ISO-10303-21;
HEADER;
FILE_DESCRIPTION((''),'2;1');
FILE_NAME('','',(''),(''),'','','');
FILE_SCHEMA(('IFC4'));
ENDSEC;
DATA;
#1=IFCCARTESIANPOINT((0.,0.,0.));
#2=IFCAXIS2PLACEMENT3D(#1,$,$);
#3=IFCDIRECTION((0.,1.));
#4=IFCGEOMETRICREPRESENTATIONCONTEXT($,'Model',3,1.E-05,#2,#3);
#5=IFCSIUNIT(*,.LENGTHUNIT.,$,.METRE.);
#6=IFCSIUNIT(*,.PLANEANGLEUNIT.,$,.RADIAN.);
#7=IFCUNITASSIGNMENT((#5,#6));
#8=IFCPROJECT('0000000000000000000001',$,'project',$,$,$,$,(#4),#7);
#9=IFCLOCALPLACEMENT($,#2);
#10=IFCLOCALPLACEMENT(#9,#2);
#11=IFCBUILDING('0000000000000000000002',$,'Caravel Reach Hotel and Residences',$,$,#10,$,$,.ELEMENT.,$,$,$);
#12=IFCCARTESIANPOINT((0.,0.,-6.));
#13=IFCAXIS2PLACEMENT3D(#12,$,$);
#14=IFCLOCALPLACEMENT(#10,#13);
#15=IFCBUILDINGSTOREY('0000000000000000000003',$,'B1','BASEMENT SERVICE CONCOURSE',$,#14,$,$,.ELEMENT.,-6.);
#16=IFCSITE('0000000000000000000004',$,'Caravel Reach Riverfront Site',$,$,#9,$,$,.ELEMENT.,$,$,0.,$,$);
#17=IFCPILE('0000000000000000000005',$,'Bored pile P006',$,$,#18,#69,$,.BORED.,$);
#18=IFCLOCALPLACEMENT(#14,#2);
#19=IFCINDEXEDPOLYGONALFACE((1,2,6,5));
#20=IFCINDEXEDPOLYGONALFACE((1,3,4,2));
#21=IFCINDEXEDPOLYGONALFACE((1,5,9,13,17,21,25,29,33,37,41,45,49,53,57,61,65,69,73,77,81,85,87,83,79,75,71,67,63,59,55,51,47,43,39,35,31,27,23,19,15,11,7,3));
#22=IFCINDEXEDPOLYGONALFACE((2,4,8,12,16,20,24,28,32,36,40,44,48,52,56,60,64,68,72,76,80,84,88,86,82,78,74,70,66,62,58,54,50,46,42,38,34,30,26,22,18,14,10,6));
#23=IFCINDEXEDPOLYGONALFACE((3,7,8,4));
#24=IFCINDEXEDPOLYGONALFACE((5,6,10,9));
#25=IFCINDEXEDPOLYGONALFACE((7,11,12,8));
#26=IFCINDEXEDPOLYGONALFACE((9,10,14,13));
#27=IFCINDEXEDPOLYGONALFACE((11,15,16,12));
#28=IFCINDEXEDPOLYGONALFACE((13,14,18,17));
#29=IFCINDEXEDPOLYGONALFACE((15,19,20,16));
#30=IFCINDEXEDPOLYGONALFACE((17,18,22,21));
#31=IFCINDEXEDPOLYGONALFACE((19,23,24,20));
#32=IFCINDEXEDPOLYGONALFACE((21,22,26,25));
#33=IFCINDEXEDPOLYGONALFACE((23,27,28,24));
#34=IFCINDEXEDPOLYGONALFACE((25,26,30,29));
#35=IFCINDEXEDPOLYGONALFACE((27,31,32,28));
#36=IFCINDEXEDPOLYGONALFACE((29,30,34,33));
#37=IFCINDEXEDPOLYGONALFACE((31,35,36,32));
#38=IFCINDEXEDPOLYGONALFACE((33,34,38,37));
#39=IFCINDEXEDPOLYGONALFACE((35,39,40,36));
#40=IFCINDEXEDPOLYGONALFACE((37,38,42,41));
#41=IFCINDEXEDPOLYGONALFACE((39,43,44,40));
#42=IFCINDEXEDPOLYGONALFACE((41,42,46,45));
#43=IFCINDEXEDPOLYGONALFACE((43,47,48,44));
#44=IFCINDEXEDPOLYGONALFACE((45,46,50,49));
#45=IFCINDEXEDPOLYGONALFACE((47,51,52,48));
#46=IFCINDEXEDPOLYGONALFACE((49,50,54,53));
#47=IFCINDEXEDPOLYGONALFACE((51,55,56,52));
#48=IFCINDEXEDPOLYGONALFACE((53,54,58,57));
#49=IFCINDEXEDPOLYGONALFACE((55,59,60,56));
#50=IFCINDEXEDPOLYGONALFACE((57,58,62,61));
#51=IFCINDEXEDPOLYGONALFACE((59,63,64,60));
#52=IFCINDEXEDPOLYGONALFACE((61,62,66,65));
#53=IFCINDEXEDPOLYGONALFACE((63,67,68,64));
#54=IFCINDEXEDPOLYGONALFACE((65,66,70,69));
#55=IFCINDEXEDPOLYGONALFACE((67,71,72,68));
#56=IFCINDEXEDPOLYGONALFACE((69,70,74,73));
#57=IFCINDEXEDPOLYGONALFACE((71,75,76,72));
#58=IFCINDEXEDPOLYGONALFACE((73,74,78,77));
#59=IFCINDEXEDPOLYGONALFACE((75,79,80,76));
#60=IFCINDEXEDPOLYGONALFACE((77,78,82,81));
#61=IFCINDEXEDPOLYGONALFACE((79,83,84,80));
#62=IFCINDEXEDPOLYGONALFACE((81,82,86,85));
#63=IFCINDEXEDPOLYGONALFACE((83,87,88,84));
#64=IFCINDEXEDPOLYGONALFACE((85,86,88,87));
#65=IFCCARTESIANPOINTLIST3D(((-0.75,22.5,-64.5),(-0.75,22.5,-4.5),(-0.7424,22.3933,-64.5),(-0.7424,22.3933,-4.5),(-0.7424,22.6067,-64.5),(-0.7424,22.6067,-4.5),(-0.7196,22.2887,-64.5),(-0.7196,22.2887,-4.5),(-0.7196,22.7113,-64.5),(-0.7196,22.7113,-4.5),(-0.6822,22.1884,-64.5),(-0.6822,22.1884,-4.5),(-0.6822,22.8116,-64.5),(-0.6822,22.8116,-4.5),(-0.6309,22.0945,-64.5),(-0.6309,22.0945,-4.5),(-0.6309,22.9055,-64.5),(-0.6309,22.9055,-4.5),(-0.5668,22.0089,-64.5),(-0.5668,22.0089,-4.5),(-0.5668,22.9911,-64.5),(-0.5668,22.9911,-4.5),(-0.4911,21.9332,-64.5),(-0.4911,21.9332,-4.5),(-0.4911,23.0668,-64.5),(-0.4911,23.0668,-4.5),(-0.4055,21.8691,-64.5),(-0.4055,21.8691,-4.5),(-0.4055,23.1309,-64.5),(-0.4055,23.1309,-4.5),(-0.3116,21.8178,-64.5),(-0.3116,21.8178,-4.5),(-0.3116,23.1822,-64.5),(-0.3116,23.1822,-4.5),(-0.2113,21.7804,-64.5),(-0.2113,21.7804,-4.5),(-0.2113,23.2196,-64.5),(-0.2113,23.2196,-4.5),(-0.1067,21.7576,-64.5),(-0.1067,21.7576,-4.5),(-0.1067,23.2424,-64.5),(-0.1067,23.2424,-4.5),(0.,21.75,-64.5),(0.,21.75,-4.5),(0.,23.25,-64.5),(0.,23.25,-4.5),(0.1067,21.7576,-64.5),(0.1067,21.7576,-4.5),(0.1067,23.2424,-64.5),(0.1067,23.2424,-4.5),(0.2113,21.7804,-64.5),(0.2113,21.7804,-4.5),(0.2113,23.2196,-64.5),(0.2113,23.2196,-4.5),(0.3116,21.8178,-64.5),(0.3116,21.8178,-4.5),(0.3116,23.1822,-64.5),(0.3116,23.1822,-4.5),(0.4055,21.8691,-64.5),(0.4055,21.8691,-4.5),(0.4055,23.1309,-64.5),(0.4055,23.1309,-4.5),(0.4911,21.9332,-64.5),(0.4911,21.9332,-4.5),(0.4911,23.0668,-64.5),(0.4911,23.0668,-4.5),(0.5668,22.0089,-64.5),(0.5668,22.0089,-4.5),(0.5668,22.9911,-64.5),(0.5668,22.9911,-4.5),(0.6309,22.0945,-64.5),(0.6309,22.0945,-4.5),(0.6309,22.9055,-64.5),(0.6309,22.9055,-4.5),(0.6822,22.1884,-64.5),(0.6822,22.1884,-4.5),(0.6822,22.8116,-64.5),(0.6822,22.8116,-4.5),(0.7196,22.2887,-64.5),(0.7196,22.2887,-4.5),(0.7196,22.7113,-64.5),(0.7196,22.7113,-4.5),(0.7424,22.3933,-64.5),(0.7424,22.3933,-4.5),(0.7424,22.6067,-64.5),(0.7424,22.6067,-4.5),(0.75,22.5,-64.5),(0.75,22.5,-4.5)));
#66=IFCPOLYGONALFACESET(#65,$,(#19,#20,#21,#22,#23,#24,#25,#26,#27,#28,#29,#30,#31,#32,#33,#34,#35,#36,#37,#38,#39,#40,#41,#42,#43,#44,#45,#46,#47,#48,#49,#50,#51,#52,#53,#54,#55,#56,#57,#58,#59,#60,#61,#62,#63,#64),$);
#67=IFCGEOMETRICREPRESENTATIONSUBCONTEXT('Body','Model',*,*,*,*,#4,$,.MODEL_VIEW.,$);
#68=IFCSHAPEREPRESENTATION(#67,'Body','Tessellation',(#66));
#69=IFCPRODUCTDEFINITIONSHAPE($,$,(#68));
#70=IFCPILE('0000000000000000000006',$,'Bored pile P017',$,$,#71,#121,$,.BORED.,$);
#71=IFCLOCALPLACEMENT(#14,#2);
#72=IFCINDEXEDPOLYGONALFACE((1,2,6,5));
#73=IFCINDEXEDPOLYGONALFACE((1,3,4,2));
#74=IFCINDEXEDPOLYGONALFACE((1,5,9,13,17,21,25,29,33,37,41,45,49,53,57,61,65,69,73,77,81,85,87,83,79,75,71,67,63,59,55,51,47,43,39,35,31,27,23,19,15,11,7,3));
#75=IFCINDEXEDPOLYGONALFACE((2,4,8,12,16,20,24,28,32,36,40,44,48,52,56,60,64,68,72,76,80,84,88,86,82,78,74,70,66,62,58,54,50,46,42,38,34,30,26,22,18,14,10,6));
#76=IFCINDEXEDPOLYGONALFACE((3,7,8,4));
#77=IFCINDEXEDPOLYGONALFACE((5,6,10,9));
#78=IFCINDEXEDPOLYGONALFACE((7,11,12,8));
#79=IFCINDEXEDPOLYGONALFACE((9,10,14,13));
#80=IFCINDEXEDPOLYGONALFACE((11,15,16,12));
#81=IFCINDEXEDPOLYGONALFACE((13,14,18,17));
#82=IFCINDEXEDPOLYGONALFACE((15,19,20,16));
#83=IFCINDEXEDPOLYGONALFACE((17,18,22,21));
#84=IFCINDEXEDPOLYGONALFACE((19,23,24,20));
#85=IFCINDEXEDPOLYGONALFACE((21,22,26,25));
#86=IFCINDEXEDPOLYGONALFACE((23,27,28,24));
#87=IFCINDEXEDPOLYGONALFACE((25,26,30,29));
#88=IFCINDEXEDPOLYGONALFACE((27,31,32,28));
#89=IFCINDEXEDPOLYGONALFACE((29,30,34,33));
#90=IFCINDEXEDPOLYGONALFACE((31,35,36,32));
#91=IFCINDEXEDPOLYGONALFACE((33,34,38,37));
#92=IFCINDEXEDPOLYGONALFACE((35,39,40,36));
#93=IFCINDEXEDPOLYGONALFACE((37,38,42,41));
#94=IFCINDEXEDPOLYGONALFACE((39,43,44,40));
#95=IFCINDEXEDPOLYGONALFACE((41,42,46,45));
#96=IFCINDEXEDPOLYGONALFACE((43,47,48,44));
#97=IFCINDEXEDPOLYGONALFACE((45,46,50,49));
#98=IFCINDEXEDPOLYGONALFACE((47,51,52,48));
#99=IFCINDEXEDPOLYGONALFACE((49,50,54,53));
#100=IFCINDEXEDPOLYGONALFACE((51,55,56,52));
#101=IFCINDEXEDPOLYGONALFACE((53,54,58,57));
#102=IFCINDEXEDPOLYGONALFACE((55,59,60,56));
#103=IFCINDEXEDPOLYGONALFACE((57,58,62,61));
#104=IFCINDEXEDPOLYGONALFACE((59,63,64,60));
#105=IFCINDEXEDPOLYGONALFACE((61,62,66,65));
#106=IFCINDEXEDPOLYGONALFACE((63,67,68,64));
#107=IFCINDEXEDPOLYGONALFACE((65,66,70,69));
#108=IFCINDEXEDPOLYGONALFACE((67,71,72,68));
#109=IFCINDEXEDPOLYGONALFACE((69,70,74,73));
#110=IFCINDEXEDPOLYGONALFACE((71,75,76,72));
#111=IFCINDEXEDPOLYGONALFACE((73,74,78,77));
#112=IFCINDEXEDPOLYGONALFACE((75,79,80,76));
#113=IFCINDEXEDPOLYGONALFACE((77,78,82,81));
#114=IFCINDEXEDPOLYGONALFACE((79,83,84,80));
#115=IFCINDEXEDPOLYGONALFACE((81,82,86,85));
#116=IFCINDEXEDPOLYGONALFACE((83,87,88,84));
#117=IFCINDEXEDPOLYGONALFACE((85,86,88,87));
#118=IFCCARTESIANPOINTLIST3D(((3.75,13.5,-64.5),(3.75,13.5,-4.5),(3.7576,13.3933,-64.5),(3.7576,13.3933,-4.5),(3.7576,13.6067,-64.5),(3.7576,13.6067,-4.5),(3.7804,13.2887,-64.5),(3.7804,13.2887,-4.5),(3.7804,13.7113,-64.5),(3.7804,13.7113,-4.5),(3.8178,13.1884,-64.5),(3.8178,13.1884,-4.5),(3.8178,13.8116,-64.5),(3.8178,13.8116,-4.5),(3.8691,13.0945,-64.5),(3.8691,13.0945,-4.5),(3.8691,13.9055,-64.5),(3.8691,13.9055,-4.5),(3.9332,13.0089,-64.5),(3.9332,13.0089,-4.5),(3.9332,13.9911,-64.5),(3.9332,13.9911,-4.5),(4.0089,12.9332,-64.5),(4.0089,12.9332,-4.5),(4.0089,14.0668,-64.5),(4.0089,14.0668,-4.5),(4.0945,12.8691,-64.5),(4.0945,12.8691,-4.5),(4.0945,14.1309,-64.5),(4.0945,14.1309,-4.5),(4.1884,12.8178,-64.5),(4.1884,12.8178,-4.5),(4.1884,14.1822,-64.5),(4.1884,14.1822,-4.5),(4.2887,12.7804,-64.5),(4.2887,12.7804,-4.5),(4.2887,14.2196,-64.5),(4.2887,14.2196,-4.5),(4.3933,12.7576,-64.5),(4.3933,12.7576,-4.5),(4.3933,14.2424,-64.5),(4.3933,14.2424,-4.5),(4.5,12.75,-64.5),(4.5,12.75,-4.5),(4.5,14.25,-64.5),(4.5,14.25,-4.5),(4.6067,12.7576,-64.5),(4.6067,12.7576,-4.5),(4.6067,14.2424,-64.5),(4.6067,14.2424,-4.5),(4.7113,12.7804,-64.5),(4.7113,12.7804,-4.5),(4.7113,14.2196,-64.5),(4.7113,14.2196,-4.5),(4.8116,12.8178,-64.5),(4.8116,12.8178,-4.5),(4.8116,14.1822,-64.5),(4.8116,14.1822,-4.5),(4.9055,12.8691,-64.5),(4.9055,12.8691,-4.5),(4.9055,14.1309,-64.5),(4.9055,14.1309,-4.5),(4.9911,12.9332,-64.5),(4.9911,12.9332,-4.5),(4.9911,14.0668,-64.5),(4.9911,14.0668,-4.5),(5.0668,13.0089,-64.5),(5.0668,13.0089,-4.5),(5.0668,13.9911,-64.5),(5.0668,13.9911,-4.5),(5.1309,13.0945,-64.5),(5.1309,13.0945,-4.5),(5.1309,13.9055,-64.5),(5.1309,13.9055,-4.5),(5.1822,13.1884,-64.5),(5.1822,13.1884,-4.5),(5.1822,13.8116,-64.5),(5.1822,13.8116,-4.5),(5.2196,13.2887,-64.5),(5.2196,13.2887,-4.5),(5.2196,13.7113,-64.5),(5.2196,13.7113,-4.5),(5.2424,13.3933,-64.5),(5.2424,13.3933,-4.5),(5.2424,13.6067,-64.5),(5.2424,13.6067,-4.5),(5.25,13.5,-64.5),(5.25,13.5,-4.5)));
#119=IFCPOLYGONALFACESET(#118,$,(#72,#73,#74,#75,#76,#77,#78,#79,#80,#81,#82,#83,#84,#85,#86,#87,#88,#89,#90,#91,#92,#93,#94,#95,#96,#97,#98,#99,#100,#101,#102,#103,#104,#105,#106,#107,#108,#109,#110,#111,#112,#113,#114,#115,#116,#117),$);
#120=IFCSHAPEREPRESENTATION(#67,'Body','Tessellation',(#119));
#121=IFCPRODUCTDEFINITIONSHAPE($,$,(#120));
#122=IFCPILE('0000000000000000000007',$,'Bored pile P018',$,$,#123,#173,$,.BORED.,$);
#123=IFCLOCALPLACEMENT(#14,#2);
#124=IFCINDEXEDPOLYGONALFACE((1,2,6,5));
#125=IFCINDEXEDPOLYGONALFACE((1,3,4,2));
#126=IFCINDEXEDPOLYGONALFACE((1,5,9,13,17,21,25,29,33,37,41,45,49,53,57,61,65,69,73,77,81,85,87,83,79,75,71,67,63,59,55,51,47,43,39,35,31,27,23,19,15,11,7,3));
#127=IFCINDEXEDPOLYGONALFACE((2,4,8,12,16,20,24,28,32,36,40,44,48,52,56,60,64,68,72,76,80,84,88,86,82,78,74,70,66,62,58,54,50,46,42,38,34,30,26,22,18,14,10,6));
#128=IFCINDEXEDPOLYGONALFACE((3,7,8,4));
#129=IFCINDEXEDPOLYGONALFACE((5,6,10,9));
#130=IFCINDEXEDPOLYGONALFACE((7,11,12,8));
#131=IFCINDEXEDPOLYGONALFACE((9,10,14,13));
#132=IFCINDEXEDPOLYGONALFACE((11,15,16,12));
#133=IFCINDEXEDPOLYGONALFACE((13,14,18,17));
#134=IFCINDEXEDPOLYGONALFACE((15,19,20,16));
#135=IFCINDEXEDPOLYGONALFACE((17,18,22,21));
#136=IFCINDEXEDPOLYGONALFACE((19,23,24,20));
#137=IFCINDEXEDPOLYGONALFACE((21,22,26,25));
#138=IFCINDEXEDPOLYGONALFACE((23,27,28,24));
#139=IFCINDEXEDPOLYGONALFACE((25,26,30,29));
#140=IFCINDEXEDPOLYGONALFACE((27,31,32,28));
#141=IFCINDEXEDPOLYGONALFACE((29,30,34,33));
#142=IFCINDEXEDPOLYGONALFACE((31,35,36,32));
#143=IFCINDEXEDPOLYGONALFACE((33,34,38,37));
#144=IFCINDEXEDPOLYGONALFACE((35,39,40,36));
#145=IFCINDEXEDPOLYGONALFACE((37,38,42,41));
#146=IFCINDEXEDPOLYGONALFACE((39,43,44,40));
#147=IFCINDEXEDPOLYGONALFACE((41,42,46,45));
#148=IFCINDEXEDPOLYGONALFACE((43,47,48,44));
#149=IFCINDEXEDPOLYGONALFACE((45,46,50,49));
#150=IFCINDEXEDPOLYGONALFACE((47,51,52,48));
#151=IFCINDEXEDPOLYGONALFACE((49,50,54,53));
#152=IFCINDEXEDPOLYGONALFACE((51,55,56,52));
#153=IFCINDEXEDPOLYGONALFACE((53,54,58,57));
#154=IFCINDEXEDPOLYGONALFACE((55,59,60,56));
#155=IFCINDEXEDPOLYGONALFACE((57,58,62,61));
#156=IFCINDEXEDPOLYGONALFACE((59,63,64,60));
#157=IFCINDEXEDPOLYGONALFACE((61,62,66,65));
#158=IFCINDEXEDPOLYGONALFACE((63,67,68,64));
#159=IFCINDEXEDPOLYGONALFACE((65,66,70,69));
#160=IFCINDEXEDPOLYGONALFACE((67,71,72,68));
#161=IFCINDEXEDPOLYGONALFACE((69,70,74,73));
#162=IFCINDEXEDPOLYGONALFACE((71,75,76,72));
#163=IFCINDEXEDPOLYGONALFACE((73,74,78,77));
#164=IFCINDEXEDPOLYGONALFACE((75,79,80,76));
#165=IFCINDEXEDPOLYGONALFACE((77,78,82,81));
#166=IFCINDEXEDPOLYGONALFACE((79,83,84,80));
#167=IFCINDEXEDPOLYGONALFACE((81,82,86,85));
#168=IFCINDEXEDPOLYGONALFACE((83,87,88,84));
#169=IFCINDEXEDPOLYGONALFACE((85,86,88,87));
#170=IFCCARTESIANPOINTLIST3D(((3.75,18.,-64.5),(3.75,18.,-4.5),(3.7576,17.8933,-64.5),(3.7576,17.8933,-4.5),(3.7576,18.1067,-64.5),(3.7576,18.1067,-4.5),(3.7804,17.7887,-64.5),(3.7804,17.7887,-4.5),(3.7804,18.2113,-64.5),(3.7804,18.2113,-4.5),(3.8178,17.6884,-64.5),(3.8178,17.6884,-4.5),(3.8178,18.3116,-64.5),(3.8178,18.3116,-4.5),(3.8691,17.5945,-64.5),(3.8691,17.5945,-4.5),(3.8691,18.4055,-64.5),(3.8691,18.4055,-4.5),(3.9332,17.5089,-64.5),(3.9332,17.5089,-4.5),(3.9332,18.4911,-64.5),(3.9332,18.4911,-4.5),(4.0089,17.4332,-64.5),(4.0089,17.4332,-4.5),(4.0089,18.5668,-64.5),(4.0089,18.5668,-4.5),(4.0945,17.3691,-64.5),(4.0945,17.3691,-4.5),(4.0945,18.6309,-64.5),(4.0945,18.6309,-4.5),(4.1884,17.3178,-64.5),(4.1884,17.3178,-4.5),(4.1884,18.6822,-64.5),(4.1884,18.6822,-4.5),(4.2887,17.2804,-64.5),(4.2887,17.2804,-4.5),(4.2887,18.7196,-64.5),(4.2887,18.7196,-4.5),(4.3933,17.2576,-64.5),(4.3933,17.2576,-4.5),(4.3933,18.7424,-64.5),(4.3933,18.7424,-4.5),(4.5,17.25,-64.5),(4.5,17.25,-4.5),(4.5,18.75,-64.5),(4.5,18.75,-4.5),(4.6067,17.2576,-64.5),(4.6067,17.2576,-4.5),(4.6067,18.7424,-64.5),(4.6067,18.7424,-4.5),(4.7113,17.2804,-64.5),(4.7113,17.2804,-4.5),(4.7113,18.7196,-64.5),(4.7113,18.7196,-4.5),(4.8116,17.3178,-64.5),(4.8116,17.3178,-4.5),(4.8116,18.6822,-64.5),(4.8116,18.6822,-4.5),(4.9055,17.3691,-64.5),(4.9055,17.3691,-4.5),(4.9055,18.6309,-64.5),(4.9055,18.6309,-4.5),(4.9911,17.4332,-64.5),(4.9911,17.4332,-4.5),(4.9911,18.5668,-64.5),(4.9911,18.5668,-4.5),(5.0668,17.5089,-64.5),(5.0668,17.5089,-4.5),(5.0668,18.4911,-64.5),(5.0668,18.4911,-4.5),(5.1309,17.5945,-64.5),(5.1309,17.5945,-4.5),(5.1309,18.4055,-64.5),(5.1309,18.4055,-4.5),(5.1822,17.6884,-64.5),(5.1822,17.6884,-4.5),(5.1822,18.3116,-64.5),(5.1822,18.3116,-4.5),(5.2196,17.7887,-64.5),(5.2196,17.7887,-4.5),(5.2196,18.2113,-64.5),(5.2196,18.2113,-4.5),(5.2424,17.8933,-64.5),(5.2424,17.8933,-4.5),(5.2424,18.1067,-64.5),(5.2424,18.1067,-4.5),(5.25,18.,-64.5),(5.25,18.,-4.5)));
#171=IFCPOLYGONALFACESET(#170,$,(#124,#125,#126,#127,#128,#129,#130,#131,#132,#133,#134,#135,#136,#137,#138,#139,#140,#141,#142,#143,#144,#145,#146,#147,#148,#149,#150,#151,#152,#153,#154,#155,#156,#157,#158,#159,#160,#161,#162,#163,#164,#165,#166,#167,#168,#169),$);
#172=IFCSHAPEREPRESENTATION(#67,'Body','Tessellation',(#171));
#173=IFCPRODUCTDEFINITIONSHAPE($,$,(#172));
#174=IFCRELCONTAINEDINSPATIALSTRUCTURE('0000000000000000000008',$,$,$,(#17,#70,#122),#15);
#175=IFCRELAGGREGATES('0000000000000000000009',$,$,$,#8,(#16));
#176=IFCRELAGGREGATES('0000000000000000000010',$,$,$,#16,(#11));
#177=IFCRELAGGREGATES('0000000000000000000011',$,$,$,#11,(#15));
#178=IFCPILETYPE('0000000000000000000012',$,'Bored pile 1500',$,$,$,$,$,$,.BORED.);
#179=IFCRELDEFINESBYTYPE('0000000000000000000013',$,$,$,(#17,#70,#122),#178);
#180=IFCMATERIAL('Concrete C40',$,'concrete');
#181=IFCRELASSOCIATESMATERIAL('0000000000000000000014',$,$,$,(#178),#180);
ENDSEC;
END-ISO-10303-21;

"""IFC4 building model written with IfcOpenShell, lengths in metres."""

from ifc_helpers import new_model, si_unit, direction, frame, origin, origin_2d, place, context, subcontext, project, spatial, circle, extrude, material, material_profile, profile_set, type_object, element, save


model = new_model("IFC4")

# Units and contexts
model_context = context("Model", 3, precision=1e-05, world=origin(), true_north=direction((0.0, 1.0)))
body_context = subcontext(model_context, "Body", "Model", "MODEL_VIEW")
ifc_project = project(units=[si_unit("LENGTHUNIT", "METRE"), si_unit("PLANEANGLEUNIT", "RADIAN")], contexts=[model_context])

# Site, building, storey
site_placement = place(None, origin())
site = spatial("IfcSite", under=ifc_project, at=site_placement, Name="Caravel Reach Riverfront Site", CompositionType="ELEMENT", RefElevation=0.0)
building_placement = place(site_placement, origin())
building = spatial("IfcBuilding", under=site, at=building_placement, Name="Caravel Reach Hotel and Residences", CompositionType="ELEMENT")
storey_placement = place(building_placement, frame((0.0, 0.0, -6.0)))
storey = spatial("IfcBuildingStorey", under=building, at=storey_placement, Name="B1", Description="BASEMENT SERVICE CONCOURSE", CompositionType="ELEMENT", Elevation=-6.0)

# Piles
ifc_material_1 = material(Name="Concrete C40", Category="concrete")
ifc_material_profile_1 = material_profile(ifc_material_1, circle(Radius=0.75, at=origin_2d()), Name="PILE 1500")
ifc_profile_set_1 = profile_set([ifc_material_profile_1], Name="Concrete C40")
pile_type_1 = type_object("IfcPileType", Name="Bored pile 1500", PredefinedType="BORED", material=ifc_profile_set_1)
for number, where, z_axis, x_axis, name in (
    (1, (0.0, 22.5, -4.5), (0.0, 0.0, -1.0), (1.0, 0.0, 0.0), "Bored pile P006"),
    (2, (4.5, 13.5, -4.5), (0.0, 0.0, -1.0), (1.0, 0.0, 0.0), "Bored pile P017"),
    (3, (4.5, 18.0, -4.5), (0.0, 0.0, -1.0), (1.0, 0.0, 0.0), "Bored pile P018"),
):
    element("IfcPile", number, at=place(storey_placement, frame(where, z_axis=z_axis, x_axis=x_axis)), inside=storey, type_object=pile_type_1, Name=name, PredefinedType="BORED", context=body_context, shape_type="SweptSolid", body=[
        extrude(circle(Radius=0.75, at=origin_2d()), origin(), (0.0, 0.0, 1.0), 60.0),
    ])

save(model, "model.ifc")
